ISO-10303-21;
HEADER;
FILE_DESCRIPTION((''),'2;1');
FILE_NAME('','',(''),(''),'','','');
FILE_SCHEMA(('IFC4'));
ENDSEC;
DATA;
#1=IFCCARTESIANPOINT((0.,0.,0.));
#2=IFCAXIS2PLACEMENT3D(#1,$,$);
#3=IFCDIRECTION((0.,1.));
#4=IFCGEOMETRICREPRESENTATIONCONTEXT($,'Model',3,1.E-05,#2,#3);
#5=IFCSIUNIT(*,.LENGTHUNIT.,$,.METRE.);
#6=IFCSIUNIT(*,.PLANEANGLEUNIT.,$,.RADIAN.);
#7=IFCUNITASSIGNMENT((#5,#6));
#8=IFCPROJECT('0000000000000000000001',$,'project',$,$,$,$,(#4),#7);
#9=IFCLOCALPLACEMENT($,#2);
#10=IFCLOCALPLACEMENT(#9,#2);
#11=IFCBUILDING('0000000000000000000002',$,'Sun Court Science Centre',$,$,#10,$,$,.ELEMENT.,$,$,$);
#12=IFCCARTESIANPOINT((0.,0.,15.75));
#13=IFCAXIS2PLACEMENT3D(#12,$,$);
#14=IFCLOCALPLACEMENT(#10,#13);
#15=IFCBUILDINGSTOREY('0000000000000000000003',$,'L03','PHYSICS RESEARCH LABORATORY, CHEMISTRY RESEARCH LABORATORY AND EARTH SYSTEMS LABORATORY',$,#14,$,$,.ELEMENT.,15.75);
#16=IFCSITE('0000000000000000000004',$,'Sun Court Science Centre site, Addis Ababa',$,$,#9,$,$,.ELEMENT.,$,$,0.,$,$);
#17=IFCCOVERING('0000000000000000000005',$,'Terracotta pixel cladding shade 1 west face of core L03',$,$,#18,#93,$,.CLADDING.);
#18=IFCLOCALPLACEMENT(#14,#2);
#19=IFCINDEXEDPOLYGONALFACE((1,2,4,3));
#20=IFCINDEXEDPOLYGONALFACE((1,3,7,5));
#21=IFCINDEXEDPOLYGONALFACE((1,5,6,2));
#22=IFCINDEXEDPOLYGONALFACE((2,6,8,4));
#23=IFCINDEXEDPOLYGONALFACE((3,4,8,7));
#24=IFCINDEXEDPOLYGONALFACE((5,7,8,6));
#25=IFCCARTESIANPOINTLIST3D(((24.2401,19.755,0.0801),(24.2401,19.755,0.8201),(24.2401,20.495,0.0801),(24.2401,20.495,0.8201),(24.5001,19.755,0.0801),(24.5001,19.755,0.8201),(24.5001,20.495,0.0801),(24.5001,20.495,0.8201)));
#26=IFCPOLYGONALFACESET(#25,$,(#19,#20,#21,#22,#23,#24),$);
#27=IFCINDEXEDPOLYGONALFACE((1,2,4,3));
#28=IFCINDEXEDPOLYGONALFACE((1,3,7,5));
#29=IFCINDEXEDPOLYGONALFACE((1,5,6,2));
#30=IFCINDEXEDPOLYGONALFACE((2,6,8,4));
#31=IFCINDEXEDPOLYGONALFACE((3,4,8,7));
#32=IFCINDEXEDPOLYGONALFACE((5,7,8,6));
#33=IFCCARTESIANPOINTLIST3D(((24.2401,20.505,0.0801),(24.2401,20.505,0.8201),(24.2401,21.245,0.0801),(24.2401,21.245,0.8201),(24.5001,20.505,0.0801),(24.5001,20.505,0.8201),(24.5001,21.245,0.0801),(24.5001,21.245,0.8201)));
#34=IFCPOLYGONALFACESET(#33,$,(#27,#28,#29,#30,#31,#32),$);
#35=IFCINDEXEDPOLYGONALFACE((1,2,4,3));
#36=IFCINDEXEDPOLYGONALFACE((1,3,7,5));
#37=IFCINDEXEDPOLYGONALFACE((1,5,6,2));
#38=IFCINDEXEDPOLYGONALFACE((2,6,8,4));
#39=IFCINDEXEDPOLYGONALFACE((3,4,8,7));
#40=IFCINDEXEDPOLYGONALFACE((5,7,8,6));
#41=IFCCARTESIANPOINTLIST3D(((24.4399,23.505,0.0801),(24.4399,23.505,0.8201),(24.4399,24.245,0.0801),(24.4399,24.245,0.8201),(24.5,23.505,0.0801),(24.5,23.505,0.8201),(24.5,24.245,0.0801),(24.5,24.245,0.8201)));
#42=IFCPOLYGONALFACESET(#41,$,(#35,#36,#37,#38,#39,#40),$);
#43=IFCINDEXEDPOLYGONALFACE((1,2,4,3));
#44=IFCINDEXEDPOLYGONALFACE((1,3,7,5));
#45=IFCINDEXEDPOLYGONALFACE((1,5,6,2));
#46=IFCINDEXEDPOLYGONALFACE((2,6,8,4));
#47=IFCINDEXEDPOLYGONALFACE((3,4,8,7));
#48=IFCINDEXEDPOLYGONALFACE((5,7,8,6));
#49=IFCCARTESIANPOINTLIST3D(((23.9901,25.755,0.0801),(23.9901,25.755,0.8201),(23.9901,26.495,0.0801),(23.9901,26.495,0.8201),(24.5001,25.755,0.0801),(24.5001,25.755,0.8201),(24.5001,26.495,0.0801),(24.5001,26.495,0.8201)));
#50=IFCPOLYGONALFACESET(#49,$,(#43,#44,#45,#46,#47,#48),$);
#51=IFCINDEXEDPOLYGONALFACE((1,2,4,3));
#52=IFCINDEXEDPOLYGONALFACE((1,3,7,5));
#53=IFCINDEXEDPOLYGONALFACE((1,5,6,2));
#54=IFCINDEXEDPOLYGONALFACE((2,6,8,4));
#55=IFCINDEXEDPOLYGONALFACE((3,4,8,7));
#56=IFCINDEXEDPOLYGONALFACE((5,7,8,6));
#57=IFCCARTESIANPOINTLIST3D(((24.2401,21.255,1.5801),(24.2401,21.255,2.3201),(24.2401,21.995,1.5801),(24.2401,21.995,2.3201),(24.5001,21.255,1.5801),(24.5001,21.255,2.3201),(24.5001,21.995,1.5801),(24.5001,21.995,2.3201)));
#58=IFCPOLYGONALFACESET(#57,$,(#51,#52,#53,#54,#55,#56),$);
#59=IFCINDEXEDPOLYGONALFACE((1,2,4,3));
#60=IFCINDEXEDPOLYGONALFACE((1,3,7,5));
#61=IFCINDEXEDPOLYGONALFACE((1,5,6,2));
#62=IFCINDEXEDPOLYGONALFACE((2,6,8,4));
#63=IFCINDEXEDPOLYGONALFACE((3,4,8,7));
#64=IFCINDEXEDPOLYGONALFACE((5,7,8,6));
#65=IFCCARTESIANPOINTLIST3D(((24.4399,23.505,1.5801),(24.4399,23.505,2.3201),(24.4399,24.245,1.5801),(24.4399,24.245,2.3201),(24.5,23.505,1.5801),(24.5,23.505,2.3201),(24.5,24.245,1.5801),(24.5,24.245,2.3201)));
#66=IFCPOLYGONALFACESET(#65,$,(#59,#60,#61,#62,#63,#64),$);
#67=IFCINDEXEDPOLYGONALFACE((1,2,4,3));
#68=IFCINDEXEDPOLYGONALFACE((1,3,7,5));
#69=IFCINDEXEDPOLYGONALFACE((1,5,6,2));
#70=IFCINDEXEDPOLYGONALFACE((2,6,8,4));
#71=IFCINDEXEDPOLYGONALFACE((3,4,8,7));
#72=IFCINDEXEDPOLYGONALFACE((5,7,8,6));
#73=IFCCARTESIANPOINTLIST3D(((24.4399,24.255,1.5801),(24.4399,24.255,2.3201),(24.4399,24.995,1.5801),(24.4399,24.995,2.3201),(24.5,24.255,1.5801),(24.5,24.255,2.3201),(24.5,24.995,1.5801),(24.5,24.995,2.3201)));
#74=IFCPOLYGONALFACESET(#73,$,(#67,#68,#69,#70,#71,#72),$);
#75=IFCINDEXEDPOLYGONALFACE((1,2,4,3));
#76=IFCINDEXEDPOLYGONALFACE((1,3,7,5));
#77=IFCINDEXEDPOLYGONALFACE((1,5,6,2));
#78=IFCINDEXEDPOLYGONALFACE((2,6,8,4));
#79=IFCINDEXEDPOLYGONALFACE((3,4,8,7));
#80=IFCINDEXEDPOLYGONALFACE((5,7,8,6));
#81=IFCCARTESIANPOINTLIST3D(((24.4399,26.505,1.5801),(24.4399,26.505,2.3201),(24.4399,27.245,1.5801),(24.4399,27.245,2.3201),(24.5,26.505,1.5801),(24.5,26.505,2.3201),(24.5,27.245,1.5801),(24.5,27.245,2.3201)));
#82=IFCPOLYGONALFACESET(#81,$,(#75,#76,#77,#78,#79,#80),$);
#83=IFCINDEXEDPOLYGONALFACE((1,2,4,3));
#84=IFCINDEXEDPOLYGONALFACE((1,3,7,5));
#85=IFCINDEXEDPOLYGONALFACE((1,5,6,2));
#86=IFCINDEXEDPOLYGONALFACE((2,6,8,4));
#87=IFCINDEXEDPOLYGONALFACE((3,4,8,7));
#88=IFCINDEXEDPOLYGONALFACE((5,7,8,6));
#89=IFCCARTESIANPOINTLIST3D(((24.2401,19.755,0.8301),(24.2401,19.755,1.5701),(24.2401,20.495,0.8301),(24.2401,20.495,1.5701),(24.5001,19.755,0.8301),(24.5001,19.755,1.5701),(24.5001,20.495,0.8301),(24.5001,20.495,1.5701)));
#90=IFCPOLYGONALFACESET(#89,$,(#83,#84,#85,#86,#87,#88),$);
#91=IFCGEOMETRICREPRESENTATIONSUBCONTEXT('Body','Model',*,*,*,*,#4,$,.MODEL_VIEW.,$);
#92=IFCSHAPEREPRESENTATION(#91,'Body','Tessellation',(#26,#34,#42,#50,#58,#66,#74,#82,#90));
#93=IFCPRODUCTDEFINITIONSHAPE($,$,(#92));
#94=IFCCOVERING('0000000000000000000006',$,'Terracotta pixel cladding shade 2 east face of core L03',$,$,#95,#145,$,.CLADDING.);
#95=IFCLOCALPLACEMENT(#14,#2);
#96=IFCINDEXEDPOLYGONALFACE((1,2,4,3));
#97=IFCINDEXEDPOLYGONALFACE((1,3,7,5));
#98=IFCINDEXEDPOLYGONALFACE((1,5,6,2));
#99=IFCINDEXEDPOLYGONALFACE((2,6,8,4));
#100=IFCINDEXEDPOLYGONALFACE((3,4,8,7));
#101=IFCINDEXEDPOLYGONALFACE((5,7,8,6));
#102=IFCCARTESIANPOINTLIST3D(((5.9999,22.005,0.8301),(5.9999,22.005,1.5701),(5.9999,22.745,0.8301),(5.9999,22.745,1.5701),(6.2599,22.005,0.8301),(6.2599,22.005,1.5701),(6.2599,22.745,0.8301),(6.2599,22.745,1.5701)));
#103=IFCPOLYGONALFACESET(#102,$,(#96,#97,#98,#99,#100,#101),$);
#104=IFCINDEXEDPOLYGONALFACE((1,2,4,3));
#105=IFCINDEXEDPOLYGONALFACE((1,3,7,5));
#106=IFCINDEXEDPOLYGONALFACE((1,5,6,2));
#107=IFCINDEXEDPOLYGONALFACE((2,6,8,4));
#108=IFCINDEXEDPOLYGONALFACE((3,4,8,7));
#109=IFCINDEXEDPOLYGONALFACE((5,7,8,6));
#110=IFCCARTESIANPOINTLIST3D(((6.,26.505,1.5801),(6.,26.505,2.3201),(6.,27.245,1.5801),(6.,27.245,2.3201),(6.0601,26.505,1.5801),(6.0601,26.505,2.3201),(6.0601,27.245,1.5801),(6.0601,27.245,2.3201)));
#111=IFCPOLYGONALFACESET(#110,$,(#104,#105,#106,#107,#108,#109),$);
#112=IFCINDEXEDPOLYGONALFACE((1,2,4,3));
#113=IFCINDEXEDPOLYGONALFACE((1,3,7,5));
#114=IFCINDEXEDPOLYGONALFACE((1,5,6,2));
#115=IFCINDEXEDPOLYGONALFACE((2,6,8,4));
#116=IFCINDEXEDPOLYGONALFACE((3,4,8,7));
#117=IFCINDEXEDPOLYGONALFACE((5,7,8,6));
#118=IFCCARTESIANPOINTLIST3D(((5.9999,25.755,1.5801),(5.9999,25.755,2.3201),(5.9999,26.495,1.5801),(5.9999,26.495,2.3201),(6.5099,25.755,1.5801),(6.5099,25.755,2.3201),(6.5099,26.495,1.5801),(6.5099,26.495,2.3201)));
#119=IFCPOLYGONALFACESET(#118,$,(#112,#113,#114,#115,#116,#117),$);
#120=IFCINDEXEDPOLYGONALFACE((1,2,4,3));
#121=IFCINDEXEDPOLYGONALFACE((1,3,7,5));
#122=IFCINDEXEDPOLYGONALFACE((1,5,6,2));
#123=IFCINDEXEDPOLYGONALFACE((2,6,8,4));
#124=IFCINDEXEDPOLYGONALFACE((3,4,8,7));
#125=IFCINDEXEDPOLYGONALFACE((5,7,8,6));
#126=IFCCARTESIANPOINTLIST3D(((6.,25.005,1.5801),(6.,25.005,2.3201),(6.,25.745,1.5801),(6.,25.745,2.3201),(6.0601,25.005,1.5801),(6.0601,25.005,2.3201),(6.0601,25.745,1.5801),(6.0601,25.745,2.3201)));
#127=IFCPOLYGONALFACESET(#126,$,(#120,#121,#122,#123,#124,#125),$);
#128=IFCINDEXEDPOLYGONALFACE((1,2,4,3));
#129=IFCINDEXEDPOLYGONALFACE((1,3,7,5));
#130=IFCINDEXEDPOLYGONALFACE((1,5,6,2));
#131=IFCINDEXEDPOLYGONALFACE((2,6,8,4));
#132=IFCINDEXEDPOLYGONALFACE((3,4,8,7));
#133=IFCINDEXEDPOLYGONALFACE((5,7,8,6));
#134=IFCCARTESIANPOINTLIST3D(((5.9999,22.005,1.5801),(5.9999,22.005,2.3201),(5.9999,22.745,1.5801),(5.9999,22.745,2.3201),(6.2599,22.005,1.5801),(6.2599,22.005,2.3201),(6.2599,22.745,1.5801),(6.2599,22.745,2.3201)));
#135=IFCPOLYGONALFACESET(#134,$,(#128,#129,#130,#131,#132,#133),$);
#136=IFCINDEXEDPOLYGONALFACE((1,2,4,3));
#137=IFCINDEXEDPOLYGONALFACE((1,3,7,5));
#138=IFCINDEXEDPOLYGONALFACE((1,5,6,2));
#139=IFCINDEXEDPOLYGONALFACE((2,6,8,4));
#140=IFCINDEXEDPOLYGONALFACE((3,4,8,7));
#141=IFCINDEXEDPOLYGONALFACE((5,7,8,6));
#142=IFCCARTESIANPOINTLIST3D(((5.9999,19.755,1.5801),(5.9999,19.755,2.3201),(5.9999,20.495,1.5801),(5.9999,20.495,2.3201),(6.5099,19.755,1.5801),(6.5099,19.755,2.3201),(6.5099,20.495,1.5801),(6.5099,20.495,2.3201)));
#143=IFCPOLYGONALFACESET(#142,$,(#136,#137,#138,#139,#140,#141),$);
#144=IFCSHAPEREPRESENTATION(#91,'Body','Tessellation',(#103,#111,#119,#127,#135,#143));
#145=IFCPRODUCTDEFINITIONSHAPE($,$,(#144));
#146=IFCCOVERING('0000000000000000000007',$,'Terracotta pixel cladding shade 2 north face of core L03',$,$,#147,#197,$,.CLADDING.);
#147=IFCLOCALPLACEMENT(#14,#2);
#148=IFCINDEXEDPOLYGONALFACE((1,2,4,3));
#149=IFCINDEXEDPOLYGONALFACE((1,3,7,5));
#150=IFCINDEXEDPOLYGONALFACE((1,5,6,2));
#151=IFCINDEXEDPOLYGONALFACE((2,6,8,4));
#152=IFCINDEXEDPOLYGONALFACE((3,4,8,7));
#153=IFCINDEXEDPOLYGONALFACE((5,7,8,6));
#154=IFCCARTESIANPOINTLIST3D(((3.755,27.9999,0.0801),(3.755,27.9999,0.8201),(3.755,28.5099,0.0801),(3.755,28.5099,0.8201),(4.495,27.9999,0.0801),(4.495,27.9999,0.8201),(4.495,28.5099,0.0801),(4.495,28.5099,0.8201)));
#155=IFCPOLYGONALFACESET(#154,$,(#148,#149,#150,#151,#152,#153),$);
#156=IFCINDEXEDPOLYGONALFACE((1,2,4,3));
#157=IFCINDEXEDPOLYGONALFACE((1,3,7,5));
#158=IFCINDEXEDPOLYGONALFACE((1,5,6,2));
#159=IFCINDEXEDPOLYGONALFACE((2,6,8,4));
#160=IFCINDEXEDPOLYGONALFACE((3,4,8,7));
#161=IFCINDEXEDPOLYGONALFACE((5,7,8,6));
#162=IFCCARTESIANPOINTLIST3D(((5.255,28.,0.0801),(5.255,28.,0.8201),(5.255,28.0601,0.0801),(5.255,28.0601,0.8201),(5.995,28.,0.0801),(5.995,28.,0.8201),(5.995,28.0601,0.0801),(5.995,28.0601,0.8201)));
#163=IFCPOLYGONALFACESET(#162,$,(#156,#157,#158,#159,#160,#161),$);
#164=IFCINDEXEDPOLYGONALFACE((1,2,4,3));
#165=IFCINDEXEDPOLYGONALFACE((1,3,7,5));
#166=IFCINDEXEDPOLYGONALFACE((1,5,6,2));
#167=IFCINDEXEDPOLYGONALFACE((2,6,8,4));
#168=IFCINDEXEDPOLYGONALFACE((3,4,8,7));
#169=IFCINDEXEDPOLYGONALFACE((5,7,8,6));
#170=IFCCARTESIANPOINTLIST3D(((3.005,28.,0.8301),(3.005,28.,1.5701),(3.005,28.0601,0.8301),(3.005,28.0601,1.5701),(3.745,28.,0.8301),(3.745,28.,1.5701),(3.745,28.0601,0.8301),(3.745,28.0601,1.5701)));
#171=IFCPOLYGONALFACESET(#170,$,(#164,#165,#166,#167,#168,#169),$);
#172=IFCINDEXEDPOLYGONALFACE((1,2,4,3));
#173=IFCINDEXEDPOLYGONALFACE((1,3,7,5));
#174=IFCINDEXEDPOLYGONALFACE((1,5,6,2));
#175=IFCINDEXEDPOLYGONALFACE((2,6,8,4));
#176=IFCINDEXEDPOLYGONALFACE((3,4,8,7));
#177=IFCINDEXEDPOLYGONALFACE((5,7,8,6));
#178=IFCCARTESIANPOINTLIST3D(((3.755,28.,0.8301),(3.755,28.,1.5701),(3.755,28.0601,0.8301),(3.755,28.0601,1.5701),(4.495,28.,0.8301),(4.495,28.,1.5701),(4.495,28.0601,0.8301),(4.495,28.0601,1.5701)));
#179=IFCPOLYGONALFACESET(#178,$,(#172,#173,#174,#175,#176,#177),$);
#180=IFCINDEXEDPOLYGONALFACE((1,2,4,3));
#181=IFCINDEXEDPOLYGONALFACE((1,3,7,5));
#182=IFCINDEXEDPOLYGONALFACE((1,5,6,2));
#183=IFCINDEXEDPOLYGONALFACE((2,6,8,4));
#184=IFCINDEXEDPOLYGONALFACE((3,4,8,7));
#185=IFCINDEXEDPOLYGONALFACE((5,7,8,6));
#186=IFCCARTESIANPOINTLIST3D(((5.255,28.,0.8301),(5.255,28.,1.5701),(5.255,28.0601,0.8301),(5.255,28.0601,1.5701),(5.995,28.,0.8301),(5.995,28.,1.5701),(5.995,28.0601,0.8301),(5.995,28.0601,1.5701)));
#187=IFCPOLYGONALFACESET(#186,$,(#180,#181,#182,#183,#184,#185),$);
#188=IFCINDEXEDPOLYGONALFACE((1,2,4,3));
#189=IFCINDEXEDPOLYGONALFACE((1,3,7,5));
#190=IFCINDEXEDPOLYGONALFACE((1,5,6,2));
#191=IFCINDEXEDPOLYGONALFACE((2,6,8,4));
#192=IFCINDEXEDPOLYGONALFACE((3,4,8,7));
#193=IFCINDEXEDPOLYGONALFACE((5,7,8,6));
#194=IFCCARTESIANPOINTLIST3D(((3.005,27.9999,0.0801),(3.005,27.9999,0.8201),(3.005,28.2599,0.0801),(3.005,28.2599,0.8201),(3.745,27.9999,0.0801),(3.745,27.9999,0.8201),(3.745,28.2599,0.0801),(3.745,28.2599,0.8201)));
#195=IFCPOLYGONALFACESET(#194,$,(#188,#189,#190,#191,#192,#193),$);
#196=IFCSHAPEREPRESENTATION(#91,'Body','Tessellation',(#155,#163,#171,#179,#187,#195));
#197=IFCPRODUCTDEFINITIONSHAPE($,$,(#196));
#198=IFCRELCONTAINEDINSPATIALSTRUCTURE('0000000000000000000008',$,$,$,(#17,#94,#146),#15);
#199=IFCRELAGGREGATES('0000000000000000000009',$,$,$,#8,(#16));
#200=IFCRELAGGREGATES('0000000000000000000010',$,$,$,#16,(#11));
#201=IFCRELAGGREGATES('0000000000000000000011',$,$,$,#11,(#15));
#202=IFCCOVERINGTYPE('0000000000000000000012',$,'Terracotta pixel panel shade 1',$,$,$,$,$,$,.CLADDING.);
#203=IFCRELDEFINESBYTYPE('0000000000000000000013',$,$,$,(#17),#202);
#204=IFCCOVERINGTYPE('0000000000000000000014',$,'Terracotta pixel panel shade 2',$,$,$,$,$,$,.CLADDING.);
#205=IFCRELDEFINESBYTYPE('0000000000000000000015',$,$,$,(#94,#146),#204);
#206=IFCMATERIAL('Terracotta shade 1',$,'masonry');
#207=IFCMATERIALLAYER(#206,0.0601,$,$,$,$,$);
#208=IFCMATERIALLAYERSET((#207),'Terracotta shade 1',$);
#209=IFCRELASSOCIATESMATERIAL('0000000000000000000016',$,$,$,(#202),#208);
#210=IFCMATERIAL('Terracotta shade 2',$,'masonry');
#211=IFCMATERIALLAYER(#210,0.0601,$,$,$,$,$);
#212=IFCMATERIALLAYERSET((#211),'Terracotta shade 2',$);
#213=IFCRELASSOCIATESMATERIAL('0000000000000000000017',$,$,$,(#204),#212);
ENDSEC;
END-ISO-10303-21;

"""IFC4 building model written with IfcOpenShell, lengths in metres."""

from ifc_helpers import new_model, si_unit, direction, frame, origin, origin_2d, place, context, subcontext, project, spatial, rectangle, extrude, material, layer, layer_set, type_object, element, save


model = new_model("IFC4")

# Units and contexts
model_context = context("Model", 3, precision=1e-05, world=origin(), true_north=direction((0.0, 1.0)))
body_context = subcontext(model_context, "Body", "Model", "MODEL_VIEW")
ifc_project = project(units=[si_unit("LENGTHUNIT", "METRE"), si_unit("PLANEANGLEUNIT", "RADIAN")], contexts=[model_context])

# Site, building, storey
site_placement = place(None, origin())
site = spatial("IfcSite", under=ifc_project, at=site_placement, Name="Sun Court Science Centre site, Addis Ababa", CompositionType="ELEMENT", RefElevation=0.0)
building_placement = place(site_placement, origin())
building = spatial("IfcBuilding", under=site, at=building_placement, Name="Sun Court Science Centre", CompositionType="ELEMENT")
storey_placement = place(building_placement, frame((0.0, 0.0, 15.75)))
storey = spatial("IfcBuildingStorey", under=building, at=storey_placement, Name="L03", Description="PHYSICS RESEARCH LABORATORY, CHEMISTRY RESEARCH LABORATORY AND EARTH SYSTEMS LABORATORY", CompositionType="ELEMENT", Elevation=15.75)

# Coverings
ifc_material_1 = material(Name="Terracotta shade 1", Category="masonry")
ifc_layer_1 = layer(ifc_material_1, 0.0601)
ifc_layer_set_1 = layer_set([ifc_layer_1], Name="Terracotta shade 1")
covering_type_1 = type_object("IfcCoveringType", Name="Terracotta pixel panel shade 1", PredefinedType="CLADDING", material=ifc_layer_set_1)
covering_1_placement = place(storey_placement, frame((0.0, 0.0, -15.75)))
element("IfcCovering", 1, at=covering_1_placement, inside=storey, type_object=covering_type_1, Name="Terracotta pixel cladding shade 1 west face of core L03", PredefinedType="CLADDING", context=body_context, shape_type="SweptSolid", body=[
    extrude(rectangle(XDim=0.74, YDim=0.26, at=origin_2d()), frame((24.3701, 20.125, 15.8301), z_axis=(0.0, 0.0, 1.0), x_axis=(0.0, 1.0, 0.0)), (0.0, 0.0, 1.0), 0.74),
    extrude(rectangle(XDim=0.74, YDim=0.26, at=origin_2d()), frame((24.3701, 20.875, 15.8301), z_axis=(0.0, 0.0, 1.0), x_axis=(0.0, 1.0, 0.0)), (0.0, 0.0, 1.0), 0.74),
    extrude(rectangle(XDim=0.74, YDim=0.0601, at=origin_2d()), frame((24.47, 23.875, 15.8301), z_axis=(0.0, 0.0, 1.0), x_axis=(0.0, 1.0, 0.0)), (0.0, 0.0, 1.0), 0.74),
    extrude(rectangle(XDim=0.74, YDim=0.51, at=origin_2d()), frame((24.2451, 26.125, 15.8301), z_axis=(0.0, 0.0, 1.0), x_axis=(0.0, 1.0, 0.0)), (0.0, 0.0, 1.0), 0.74),
    extrude(rectangle(XDim=0.74, YDim=0.26, at=origin_2d()), frame((24.3701, 21.625, 17.3301), z_axis=(0.0, 0.0, 1.0), x_axis=(0.0, 1.0, 0.0)), (0.0, 0.0, 1.0), 0.74),
    extrude(rectangle(XDim=0.74, YDim=0.0601, at=origin_2d()), frame((24.47, 23.875, 17.3301), z_axis=(0.0, 0.0, 1.0), x_axis=(0.0, 1.0, 0.0)), (0.0, 0.0, 1.0), 0.74),
    extrude(rectangle(XDim=0.74, YDim=0.0601, at=origin_2d()), frame((24.47, 24.625, 17.3301), z_axis=(0.0, 0.0, 1.0), x_axis=(0.0, 1.0, 0.0)), (0.0, 0.0, 1.0), 0.74),
    extrude(rectangle(XDim=0.74, YDim=0.0601, at=origin_2d()), frame((24.47, 26.875, 17.3301), z_axis=(0.0, 0.0, 1.0), x_axis=(0.0, 1.0, 0.0)), (0.0, 0.0, 1.0), 0.74),
    extrude(rectangle(XDim=0.74, YDim=0.26, at=origin_2d()), frame((24.3701, 20.125, 16.5801), z_axis=(0.0, 0.0, 1.0), x_axis=(0.0, 1.0, 0.0)), (0.0, 0.0, 1.0), 0.74),
])
ifc_material_2 = material(Name="Terracotta shade 2", Category="masonry")
ifc_layer_2 = layer(ifc_material_2, 0.0601)
ifc_layer_set_2 = layer_set([ifc_layer_2], Name="Terracotta shade 2")
covering_type_2 = type_object("IfcCoveringType", Name="Terracotta pixel panel shade 2", PredefinedType="CLADDING", material=ifc_layer_set_2)
covering_2_placement = place(storey_placement, frame((0.0, 0.0, -15.75)))
element("IfcCovering", 2, at=covering_2_placement, inside=storey, type_object=covering_type_2, Name="Terracotta pixel cladding shade 2 east face of core L03", PredefinedType="CLADDING", context=body_context, shape_type="SweptSolid", body=[
    extrude(rectangle(XDim=0.74, YDim=0.26, at=origin_2d()), frame((6.1299, 22.375, 16.5801), z_axis=(0.0, 0.0, 1.0), x_axis=(0.0, -1.0, 0.0)), (0.0, 0.0, 1.0), 0.74),
    extrude(rectangle(XDim=0.74, YDim=0.0601, at=origin_2d()), frame((6.03, 26.875, 17.3301), z_axis=(0.0, 0.0, 1.0), x_axis=(0.0, -1.0, 0.0)), (0.0, 0.0, 1.0), 0.74),
    extrude(rectangle(XDim=0.74, YDim=0.51, at=origin_2d()), frame((6.2549, 26.125, 17.3301), z_axis=(0.0, 0.0, 1.0), x_axis=(0.0, -1.0, 0.0)), (0.0, 0.0, 1.0), 0.74),
    extrude(rectangle(XDim=0.74, YDim=0.0601, at=origin_2d()), frame((6.03, 25.375, 17.3301), z_axis=(0.0, 0.0, 1.0), x_axis=(0.0, -1.0, 0.0)), (0.0, 0.0, 1.0), 0.74),
    extrude(rectangle(XDim=0.74, YDim=0.26, at=origin_2d()), frame((6.1299, 22.375, 17.3301), z_axis=(0.0, 0.0, 1.0), x_axis=(0.0, -1.0, 0.0)), (0.0, 0.0, 1.0), 0.74),
    extrude(rectangle(XDim=0.74, YDim=0.51, at=origin_2d()), frame((6.2549, 20.125, 17.3301), z_axis=(0.0, 0.0, 1.0), x_axis=(0.0, -1.0, 0.0)), (0.0, 0.0, 1.0), 0.74),
])
covering_3_placement = place(storey_placement, frame((0.0, 0.0, -15.75)))
element("IfcCovering", 3, at=covering_3_placement, inside=storey, type_object=covering_type_2, Name="Terracotta pixel cladding shade 2 north face of core L03", PredefinedType="CLADDING", context=body_context, shape_type="SweptSolid", body=[
    extrude(rectangle(XDim=0.74, YDim=0.51, at=origin_2d()), frame((4.125, 28.2549, 15.8301), z_axis=(0.0, 0.0, 1.0), x_axis=(1.0, 0.0, 0.0)), (0.0, 0.0, 1.0), 0.74),
    extrude(rectangle(XDim=0.74, YDim=0.0601, at=origin_2d()), frame((5.625, 28.03, 15.8301), z_axis=(0.0, 0.0, 1.0), x_axis=(1.0, 0.0, 0.0)), (0.0, 0.0, 1.0), 0.74),
    extrude(rectangle(XDim=0.74, YDim=0.0601, at=origin_2d()), frame((3.375, 28.03, 16.5801), z_axis=(0.0, 0.0, 1.0), x_axis=(1.0, 0.0, 0.0)), (0.0, 0.0, 1.0), 0.74),
    extrude(rectangle(XDim=0.74, YDim=0.0601, at=origin_2d()), frame((4.125, 28.03, 16.5801), z_axis=(0.0, 0.0, 1.0), x_axis=(1.0, 0.0, 0.0)), (0.0, 0.0, 1.0), 0.74),
    extrude(rectangle(XDim=0.74, YDim=0.0601, at=origin_2d()), frame((5.625, 28.03, 16.5801), z_axis=(0.0, 0.0, 1.0), x_axis=(1.0, 0.0, 0.0)), (0.0, 0.0, 1.0), 0.74),
    extrude(rectangle(XDim=0.74, YDim=0.26, at=origin_2d()), frame((3.375, 28.1299, 15.8301), z_axis=(0.0, 0.0, 1.0), x_axis=(1.0, 0.0, 0.0)), (0.0, 0.0, 1.0), 0.74),
])

save(model, "model.ifc")
